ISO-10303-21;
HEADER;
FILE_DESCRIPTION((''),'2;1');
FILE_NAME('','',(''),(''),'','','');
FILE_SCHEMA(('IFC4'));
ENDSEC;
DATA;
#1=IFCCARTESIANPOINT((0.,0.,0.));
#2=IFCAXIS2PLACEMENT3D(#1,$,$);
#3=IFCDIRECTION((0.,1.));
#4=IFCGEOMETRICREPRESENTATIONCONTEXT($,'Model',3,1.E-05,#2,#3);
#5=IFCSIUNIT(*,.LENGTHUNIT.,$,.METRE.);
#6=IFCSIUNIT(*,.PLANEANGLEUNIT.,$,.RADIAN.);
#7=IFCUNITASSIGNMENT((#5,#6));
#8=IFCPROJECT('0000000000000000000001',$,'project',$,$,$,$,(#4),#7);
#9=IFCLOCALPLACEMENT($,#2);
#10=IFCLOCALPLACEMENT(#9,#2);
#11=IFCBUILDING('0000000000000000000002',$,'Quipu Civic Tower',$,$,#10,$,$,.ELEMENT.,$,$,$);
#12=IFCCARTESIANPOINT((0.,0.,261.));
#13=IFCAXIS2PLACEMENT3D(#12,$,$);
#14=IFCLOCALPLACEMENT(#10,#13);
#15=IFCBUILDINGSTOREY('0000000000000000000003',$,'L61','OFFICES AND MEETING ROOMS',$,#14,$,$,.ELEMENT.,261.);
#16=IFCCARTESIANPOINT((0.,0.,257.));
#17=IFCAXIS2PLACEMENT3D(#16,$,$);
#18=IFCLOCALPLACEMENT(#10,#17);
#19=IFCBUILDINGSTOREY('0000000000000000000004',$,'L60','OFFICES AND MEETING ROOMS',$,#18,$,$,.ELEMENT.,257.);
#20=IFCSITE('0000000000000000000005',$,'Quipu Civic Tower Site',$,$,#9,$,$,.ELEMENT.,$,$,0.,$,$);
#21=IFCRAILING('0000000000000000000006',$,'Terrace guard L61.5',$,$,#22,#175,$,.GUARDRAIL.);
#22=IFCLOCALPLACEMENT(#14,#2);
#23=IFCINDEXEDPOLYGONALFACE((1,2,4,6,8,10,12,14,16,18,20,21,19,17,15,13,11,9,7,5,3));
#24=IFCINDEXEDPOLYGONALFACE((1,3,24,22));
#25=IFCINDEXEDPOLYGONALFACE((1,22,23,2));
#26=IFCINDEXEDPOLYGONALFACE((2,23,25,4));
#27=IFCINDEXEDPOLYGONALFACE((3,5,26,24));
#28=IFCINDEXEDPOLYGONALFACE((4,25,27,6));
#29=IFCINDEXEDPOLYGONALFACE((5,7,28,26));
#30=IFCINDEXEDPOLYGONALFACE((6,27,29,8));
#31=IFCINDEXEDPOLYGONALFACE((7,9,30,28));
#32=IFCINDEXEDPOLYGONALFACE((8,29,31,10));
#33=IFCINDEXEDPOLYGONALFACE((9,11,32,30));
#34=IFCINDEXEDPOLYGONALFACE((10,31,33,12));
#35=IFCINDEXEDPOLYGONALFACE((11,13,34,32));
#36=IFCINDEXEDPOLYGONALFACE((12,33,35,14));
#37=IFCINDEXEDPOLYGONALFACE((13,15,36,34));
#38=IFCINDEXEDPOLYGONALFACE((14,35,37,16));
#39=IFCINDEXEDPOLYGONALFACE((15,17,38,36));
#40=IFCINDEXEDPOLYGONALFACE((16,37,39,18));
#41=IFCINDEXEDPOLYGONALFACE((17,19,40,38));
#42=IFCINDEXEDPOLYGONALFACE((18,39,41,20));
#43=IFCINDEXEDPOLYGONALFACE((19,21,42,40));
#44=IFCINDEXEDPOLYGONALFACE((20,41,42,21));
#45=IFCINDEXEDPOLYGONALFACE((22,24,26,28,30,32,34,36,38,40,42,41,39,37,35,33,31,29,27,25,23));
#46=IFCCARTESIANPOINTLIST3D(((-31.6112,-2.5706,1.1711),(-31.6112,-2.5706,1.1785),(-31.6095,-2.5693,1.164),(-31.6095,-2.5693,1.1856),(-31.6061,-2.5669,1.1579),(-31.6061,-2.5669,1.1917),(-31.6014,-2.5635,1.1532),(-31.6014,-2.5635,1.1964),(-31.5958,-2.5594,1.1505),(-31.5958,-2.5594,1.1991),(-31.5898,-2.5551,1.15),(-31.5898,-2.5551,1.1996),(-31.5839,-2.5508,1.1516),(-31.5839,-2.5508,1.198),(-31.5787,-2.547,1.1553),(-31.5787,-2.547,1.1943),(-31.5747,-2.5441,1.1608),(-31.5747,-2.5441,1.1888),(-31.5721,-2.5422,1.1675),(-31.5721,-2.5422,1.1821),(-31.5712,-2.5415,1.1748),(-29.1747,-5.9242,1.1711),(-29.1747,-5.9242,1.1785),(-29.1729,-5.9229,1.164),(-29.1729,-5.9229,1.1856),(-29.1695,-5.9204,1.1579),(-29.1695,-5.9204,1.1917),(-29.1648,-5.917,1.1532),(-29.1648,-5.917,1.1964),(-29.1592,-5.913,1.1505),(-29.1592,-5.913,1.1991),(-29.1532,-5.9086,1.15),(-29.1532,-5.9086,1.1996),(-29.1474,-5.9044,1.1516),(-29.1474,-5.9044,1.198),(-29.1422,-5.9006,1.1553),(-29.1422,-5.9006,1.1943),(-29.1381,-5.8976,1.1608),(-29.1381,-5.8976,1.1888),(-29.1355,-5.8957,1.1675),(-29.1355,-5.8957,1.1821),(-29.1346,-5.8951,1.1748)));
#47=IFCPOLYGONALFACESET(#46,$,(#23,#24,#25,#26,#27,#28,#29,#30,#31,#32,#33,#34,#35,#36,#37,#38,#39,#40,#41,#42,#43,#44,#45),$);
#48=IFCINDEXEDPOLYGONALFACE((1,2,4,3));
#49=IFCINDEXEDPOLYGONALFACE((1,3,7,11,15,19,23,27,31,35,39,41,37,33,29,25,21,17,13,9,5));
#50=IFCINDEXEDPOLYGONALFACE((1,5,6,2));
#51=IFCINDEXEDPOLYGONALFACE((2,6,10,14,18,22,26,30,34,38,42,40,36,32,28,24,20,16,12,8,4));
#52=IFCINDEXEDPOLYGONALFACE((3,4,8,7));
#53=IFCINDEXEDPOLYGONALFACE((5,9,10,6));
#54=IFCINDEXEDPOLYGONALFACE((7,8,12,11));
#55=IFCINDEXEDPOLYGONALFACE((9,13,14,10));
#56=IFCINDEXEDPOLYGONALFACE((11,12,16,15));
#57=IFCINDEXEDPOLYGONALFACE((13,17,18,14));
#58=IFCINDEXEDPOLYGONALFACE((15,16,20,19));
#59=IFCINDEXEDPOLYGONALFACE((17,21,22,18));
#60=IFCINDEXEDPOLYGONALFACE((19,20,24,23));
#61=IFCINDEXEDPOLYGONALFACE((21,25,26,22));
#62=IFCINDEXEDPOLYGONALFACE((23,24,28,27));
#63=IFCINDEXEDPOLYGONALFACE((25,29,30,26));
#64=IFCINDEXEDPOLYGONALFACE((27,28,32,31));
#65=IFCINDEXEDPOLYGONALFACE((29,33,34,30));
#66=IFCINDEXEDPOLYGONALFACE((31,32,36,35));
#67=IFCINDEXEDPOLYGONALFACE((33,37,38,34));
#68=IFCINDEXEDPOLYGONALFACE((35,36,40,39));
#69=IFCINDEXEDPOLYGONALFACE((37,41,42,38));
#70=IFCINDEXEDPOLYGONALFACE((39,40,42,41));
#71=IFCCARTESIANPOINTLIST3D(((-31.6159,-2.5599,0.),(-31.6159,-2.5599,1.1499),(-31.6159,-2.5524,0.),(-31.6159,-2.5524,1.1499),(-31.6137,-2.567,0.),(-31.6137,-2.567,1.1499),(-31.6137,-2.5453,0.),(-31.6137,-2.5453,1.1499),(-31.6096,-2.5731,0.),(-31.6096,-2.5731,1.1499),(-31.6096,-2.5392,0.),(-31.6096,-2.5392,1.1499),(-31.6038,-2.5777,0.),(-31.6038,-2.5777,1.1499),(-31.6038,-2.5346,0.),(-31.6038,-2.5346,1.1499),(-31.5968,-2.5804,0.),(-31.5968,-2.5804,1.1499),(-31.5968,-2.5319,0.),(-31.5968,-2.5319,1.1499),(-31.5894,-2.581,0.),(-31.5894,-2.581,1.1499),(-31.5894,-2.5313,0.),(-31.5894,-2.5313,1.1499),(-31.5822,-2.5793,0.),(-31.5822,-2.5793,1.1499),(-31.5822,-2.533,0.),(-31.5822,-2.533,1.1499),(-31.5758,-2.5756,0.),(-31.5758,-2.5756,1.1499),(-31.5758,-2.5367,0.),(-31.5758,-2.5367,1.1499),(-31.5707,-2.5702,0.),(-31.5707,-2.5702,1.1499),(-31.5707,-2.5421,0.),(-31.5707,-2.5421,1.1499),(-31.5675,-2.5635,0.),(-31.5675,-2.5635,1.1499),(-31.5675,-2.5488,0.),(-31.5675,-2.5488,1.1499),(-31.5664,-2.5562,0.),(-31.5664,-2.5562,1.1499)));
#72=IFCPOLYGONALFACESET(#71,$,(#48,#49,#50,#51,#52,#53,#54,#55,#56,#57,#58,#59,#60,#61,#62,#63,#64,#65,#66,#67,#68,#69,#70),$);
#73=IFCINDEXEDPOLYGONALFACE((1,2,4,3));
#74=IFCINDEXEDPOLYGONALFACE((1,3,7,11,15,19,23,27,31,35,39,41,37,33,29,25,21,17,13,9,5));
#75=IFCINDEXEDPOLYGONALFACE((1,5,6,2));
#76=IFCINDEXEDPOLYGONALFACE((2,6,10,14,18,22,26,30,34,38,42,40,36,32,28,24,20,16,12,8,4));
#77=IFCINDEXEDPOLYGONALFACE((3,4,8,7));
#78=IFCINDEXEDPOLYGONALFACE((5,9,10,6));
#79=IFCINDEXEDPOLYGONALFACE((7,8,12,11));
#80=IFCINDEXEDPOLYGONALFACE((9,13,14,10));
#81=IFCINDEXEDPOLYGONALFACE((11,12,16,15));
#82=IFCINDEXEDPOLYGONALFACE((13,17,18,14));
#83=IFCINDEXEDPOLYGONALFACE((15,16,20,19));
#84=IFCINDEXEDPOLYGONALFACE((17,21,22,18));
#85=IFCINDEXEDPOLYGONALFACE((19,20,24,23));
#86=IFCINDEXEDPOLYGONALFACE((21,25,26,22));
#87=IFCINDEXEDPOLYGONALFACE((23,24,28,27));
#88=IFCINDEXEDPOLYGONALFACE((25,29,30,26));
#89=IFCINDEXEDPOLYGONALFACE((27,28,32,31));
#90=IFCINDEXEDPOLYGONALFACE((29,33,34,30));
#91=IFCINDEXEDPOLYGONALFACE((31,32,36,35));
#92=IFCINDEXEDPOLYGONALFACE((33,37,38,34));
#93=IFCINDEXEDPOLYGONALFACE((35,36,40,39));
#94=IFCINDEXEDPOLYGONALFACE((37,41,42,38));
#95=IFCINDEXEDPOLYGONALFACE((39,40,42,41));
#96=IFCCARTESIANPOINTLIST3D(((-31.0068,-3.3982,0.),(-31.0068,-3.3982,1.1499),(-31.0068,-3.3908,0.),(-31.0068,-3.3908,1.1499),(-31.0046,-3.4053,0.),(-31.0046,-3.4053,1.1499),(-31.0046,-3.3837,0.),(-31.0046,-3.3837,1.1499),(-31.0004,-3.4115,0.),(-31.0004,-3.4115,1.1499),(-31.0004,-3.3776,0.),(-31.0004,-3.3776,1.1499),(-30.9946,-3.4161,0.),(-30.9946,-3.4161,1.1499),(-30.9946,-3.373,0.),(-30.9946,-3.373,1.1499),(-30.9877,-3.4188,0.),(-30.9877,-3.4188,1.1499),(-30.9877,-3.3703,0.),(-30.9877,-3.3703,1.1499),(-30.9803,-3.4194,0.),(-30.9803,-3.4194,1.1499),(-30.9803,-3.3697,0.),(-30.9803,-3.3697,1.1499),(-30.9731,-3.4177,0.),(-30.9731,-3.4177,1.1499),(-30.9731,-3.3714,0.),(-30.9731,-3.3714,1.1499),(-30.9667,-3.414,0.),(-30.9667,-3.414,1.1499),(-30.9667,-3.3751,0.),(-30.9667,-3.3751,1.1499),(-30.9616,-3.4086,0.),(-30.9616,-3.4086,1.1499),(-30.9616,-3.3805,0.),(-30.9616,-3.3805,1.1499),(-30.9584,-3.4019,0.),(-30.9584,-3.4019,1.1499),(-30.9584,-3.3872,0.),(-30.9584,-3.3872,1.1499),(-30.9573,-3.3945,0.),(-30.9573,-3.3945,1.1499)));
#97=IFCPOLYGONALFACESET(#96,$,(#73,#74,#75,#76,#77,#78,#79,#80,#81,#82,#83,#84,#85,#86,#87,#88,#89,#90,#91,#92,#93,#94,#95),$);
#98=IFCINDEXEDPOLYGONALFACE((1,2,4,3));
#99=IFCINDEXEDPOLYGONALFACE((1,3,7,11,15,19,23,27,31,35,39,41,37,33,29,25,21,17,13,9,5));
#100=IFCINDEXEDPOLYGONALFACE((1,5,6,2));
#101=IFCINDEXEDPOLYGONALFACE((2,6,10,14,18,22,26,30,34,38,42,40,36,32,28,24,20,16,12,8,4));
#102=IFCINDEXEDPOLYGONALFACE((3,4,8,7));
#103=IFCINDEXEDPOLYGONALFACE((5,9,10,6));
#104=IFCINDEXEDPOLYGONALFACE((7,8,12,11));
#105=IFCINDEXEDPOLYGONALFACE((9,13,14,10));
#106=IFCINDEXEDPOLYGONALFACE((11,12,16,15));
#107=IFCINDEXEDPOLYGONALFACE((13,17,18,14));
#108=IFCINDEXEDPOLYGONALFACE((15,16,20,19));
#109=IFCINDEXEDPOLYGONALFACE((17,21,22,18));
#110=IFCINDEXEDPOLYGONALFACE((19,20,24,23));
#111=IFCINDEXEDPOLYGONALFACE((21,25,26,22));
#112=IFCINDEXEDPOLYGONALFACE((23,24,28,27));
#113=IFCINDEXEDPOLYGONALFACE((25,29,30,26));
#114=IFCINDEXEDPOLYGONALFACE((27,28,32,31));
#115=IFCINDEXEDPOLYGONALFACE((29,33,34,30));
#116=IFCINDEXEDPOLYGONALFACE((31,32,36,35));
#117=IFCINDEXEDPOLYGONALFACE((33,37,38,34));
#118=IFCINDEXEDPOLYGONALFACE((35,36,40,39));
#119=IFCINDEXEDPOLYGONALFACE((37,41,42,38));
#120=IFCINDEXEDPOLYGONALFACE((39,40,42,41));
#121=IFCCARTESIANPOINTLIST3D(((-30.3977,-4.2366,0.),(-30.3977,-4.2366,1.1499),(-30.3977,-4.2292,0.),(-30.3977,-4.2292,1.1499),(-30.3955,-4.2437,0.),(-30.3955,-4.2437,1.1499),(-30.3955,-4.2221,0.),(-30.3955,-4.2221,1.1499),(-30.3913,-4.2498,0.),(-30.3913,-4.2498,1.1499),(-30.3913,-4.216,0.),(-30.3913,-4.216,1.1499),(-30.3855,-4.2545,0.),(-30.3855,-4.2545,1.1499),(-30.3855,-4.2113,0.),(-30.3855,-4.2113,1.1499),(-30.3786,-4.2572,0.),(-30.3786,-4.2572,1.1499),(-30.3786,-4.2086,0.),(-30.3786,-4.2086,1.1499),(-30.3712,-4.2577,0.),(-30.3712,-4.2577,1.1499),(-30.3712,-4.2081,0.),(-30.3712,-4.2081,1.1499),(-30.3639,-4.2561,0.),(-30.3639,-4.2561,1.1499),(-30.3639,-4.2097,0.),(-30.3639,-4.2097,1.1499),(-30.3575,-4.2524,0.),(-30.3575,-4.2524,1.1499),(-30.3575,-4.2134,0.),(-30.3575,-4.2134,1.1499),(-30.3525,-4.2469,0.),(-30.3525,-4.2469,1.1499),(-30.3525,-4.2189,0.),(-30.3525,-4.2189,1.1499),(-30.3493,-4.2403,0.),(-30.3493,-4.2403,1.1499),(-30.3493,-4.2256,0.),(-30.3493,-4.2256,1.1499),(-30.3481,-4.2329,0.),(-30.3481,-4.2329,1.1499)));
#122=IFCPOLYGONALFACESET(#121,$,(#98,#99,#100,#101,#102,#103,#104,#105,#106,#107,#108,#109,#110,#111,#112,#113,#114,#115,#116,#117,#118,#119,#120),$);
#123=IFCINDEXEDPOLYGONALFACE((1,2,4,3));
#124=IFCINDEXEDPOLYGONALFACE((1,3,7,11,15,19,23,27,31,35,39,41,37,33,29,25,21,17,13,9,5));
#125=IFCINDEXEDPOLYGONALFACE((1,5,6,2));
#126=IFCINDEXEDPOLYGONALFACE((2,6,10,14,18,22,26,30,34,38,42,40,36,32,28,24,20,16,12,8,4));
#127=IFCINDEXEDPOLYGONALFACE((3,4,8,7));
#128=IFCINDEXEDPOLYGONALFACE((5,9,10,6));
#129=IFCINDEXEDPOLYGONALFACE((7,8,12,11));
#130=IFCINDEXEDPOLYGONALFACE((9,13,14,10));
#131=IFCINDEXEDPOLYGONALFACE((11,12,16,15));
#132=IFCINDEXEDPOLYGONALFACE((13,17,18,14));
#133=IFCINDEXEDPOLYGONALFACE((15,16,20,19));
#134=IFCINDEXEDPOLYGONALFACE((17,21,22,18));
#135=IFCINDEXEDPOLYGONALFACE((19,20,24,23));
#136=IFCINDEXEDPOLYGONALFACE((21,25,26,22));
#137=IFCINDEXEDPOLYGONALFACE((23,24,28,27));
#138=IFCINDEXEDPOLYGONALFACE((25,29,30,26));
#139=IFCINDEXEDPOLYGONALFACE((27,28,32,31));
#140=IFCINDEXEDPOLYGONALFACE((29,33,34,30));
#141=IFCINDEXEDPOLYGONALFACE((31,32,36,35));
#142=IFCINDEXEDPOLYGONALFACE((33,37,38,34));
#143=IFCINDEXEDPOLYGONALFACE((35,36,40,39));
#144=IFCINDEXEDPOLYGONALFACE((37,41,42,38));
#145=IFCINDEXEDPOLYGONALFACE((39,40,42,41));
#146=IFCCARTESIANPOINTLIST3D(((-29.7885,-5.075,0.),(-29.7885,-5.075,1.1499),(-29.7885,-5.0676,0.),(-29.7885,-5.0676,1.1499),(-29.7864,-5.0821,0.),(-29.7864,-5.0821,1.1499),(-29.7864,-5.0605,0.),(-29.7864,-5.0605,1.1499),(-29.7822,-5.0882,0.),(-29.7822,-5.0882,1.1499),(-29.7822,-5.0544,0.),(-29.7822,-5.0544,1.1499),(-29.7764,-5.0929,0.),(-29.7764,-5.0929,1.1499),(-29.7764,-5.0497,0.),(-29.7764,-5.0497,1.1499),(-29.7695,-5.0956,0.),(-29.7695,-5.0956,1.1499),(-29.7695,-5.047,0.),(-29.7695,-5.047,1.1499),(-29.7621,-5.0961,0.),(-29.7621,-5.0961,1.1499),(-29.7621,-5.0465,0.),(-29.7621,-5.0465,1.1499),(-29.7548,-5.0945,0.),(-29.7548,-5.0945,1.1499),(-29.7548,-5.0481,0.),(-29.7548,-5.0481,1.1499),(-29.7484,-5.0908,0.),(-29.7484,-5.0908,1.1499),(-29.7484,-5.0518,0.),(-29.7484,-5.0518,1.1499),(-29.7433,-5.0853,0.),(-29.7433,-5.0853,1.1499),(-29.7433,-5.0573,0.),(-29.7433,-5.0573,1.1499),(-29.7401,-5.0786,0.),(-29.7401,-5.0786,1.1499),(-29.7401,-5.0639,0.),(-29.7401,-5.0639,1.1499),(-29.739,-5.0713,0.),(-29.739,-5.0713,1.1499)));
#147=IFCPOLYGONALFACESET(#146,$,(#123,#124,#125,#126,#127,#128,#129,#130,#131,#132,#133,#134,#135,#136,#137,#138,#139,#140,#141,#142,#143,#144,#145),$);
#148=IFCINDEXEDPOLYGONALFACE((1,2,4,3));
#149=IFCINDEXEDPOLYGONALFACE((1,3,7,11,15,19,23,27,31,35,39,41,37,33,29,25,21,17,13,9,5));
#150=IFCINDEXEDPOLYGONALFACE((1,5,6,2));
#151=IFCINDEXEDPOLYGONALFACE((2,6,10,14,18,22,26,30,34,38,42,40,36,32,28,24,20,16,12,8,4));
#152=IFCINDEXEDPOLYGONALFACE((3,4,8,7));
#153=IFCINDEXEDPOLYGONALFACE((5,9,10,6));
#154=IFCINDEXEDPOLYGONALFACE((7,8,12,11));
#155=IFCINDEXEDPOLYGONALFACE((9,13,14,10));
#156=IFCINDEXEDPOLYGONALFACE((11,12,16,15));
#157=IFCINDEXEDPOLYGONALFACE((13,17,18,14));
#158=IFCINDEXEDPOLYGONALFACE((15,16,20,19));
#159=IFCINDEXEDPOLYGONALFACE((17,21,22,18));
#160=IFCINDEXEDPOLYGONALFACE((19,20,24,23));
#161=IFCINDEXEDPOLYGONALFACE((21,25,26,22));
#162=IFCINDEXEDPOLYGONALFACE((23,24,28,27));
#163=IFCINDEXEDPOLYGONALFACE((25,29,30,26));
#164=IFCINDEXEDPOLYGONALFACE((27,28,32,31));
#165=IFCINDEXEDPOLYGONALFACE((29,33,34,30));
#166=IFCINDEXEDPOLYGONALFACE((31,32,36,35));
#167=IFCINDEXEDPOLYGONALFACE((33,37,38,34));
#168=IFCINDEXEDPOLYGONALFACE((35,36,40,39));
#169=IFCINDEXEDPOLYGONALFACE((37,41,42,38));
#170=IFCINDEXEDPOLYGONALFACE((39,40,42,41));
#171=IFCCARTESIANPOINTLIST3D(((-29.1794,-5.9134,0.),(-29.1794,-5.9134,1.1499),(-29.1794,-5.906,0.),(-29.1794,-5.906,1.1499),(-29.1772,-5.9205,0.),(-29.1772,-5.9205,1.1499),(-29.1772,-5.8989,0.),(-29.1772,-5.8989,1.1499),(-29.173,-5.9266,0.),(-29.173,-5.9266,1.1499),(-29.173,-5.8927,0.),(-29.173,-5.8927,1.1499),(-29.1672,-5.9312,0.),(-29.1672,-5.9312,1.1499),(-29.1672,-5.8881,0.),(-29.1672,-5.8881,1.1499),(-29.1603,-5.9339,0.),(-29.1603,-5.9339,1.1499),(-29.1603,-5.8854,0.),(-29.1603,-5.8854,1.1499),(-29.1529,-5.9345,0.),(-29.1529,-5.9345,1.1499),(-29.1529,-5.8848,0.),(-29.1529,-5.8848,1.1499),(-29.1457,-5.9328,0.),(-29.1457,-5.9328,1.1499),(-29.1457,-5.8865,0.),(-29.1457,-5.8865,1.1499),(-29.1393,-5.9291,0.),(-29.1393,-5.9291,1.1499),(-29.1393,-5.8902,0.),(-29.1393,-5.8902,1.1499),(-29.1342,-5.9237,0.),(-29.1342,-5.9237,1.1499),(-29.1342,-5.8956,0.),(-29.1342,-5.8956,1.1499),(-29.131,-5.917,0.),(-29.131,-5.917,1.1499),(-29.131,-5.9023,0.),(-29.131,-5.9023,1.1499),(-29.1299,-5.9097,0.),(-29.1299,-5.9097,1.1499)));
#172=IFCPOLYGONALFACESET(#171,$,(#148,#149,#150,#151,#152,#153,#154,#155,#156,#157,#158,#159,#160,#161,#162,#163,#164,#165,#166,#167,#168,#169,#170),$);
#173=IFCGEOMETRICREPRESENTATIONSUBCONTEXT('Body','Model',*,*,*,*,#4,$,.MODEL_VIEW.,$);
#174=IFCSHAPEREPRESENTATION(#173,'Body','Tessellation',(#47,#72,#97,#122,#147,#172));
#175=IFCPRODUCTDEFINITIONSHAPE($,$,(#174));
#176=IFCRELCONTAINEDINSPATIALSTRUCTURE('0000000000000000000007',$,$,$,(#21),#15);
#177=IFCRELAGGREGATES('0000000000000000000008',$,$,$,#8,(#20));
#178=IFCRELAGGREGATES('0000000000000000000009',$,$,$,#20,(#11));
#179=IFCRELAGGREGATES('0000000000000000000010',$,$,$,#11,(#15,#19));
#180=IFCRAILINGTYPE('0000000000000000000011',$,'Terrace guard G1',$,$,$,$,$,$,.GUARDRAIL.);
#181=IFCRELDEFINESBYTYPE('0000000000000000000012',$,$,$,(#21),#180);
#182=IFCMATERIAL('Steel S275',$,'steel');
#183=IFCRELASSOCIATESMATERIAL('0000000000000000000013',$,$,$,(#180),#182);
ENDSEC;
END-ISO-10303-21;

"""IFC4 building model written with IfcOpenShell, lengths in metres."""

from ifc_helpers import new_model, si_unit, direction, frame, origin, origin_2d, place, context, subcontext, project, spatial, circle, extrude, material, type_object, element, save


model = new_model("IFC4")

# Units and contexts
model_context = context("Model", 3, precision=1e-05, world=origin(), true_north=direction((0.0, 1.0)))
body_context = subcontext(model_context, "Body", "Model", "MODEL_VIEW")
ifc_project = project(units=[si_unit("LENGTHUNIT", "METRE"), si_unit("PLANEANGLEUNIT", "RADIAN")], contexts=[model_context])

# Site, building, storey
site_placement = place(None, origin())
site = spatial("IfcSite", under=ifc_project, at=site_placement, Name="Quipu Civic Tower Site", CompositionType="ELEMENT", RefElevation=0.0)
building_placement = place(site_placement, origin())
building = spatial("IfcBuilding", under=site, at=building_placement, Name="Quipu Civic Tower", CompositionType="ELEMENT")
storey_1_placement = place(building_placement, frame((0.0, 0.0, 261.0)))
storey_1 = spatial("IfcBuildingStorey", under=building, at=storey_1_placement, Name="L61", Description="OFFICES AND MEETING ROOMS", CompositionType="ELEMENT", Elevation=261.0)

# Shared definitions
storey_2_placement = place(building_placement, frame((0.0, 0.0, 257.0)))
storey_2 = spatial("IfcBuildingStorey", under=building, at=storey_2_placement, Name="L60", Description="OFFICES AND MEETING ROOMS", CompositionType="ELEMENT", Elevation=257.0)

# Railing
ifc_material_1 = material(Name="Steel S275", Category="steel")
railing_type = type_object("IfcRailingType", Name="Terrace guard G1", PredefinedType="GUARDRAIL", material=ifc_material_1)
railing_placement = place(storey_1_placement, frame((-31.5913, -2.5562, 0.0)))
element("IfcRailing", 1, at=railing_placement, inside=storey_1, type_object=railing_type, Name="Terrace guard L61.5", PredefinedType="GUARDRAIL", context=body_context, shape_type="SweptSolid", body=[
    extrude(circle(Radius=0.0249, at=origin_2d()), frame((0.0, 0.0, 1.1748), z_axis=(0.587793, -0.809011, 0.0), x_axis=(0.809011, 0.587793, 0.0)), (0.0, 0.0, 1.0), 4.1453),
    extrude(circle(Radius=0.0249, at=origin_2d()), origin(), (0.0, 0.0, 1.0), 1.1499),
    extrude(circle(Radius=0.0249, at=origin_2d()), frame((0.6091, -0.8384, 0.0)), (0.0, 0.0, 1.0), 1.1499),
    extrude(circle(Radius=0.0249, at=origin_2d()), frame((1.2183, -1.6768, 0.0)), (0.0, 0.0, 1.0), 1.1499),
    extrude(circle(Radius=0.0249, at=origin_2d()), frame((1.8274, -2.5151, 0.0)), (0.0, 0.0, 1.0), 1.1499),
    extrude(circle(Radius=0.0249, at=origin_2d()), frame((2.4365, -3.3535, 0.0)), (0.0, 0.0, 1.0), 1.1499),
])

save(model, "model.ifc")
